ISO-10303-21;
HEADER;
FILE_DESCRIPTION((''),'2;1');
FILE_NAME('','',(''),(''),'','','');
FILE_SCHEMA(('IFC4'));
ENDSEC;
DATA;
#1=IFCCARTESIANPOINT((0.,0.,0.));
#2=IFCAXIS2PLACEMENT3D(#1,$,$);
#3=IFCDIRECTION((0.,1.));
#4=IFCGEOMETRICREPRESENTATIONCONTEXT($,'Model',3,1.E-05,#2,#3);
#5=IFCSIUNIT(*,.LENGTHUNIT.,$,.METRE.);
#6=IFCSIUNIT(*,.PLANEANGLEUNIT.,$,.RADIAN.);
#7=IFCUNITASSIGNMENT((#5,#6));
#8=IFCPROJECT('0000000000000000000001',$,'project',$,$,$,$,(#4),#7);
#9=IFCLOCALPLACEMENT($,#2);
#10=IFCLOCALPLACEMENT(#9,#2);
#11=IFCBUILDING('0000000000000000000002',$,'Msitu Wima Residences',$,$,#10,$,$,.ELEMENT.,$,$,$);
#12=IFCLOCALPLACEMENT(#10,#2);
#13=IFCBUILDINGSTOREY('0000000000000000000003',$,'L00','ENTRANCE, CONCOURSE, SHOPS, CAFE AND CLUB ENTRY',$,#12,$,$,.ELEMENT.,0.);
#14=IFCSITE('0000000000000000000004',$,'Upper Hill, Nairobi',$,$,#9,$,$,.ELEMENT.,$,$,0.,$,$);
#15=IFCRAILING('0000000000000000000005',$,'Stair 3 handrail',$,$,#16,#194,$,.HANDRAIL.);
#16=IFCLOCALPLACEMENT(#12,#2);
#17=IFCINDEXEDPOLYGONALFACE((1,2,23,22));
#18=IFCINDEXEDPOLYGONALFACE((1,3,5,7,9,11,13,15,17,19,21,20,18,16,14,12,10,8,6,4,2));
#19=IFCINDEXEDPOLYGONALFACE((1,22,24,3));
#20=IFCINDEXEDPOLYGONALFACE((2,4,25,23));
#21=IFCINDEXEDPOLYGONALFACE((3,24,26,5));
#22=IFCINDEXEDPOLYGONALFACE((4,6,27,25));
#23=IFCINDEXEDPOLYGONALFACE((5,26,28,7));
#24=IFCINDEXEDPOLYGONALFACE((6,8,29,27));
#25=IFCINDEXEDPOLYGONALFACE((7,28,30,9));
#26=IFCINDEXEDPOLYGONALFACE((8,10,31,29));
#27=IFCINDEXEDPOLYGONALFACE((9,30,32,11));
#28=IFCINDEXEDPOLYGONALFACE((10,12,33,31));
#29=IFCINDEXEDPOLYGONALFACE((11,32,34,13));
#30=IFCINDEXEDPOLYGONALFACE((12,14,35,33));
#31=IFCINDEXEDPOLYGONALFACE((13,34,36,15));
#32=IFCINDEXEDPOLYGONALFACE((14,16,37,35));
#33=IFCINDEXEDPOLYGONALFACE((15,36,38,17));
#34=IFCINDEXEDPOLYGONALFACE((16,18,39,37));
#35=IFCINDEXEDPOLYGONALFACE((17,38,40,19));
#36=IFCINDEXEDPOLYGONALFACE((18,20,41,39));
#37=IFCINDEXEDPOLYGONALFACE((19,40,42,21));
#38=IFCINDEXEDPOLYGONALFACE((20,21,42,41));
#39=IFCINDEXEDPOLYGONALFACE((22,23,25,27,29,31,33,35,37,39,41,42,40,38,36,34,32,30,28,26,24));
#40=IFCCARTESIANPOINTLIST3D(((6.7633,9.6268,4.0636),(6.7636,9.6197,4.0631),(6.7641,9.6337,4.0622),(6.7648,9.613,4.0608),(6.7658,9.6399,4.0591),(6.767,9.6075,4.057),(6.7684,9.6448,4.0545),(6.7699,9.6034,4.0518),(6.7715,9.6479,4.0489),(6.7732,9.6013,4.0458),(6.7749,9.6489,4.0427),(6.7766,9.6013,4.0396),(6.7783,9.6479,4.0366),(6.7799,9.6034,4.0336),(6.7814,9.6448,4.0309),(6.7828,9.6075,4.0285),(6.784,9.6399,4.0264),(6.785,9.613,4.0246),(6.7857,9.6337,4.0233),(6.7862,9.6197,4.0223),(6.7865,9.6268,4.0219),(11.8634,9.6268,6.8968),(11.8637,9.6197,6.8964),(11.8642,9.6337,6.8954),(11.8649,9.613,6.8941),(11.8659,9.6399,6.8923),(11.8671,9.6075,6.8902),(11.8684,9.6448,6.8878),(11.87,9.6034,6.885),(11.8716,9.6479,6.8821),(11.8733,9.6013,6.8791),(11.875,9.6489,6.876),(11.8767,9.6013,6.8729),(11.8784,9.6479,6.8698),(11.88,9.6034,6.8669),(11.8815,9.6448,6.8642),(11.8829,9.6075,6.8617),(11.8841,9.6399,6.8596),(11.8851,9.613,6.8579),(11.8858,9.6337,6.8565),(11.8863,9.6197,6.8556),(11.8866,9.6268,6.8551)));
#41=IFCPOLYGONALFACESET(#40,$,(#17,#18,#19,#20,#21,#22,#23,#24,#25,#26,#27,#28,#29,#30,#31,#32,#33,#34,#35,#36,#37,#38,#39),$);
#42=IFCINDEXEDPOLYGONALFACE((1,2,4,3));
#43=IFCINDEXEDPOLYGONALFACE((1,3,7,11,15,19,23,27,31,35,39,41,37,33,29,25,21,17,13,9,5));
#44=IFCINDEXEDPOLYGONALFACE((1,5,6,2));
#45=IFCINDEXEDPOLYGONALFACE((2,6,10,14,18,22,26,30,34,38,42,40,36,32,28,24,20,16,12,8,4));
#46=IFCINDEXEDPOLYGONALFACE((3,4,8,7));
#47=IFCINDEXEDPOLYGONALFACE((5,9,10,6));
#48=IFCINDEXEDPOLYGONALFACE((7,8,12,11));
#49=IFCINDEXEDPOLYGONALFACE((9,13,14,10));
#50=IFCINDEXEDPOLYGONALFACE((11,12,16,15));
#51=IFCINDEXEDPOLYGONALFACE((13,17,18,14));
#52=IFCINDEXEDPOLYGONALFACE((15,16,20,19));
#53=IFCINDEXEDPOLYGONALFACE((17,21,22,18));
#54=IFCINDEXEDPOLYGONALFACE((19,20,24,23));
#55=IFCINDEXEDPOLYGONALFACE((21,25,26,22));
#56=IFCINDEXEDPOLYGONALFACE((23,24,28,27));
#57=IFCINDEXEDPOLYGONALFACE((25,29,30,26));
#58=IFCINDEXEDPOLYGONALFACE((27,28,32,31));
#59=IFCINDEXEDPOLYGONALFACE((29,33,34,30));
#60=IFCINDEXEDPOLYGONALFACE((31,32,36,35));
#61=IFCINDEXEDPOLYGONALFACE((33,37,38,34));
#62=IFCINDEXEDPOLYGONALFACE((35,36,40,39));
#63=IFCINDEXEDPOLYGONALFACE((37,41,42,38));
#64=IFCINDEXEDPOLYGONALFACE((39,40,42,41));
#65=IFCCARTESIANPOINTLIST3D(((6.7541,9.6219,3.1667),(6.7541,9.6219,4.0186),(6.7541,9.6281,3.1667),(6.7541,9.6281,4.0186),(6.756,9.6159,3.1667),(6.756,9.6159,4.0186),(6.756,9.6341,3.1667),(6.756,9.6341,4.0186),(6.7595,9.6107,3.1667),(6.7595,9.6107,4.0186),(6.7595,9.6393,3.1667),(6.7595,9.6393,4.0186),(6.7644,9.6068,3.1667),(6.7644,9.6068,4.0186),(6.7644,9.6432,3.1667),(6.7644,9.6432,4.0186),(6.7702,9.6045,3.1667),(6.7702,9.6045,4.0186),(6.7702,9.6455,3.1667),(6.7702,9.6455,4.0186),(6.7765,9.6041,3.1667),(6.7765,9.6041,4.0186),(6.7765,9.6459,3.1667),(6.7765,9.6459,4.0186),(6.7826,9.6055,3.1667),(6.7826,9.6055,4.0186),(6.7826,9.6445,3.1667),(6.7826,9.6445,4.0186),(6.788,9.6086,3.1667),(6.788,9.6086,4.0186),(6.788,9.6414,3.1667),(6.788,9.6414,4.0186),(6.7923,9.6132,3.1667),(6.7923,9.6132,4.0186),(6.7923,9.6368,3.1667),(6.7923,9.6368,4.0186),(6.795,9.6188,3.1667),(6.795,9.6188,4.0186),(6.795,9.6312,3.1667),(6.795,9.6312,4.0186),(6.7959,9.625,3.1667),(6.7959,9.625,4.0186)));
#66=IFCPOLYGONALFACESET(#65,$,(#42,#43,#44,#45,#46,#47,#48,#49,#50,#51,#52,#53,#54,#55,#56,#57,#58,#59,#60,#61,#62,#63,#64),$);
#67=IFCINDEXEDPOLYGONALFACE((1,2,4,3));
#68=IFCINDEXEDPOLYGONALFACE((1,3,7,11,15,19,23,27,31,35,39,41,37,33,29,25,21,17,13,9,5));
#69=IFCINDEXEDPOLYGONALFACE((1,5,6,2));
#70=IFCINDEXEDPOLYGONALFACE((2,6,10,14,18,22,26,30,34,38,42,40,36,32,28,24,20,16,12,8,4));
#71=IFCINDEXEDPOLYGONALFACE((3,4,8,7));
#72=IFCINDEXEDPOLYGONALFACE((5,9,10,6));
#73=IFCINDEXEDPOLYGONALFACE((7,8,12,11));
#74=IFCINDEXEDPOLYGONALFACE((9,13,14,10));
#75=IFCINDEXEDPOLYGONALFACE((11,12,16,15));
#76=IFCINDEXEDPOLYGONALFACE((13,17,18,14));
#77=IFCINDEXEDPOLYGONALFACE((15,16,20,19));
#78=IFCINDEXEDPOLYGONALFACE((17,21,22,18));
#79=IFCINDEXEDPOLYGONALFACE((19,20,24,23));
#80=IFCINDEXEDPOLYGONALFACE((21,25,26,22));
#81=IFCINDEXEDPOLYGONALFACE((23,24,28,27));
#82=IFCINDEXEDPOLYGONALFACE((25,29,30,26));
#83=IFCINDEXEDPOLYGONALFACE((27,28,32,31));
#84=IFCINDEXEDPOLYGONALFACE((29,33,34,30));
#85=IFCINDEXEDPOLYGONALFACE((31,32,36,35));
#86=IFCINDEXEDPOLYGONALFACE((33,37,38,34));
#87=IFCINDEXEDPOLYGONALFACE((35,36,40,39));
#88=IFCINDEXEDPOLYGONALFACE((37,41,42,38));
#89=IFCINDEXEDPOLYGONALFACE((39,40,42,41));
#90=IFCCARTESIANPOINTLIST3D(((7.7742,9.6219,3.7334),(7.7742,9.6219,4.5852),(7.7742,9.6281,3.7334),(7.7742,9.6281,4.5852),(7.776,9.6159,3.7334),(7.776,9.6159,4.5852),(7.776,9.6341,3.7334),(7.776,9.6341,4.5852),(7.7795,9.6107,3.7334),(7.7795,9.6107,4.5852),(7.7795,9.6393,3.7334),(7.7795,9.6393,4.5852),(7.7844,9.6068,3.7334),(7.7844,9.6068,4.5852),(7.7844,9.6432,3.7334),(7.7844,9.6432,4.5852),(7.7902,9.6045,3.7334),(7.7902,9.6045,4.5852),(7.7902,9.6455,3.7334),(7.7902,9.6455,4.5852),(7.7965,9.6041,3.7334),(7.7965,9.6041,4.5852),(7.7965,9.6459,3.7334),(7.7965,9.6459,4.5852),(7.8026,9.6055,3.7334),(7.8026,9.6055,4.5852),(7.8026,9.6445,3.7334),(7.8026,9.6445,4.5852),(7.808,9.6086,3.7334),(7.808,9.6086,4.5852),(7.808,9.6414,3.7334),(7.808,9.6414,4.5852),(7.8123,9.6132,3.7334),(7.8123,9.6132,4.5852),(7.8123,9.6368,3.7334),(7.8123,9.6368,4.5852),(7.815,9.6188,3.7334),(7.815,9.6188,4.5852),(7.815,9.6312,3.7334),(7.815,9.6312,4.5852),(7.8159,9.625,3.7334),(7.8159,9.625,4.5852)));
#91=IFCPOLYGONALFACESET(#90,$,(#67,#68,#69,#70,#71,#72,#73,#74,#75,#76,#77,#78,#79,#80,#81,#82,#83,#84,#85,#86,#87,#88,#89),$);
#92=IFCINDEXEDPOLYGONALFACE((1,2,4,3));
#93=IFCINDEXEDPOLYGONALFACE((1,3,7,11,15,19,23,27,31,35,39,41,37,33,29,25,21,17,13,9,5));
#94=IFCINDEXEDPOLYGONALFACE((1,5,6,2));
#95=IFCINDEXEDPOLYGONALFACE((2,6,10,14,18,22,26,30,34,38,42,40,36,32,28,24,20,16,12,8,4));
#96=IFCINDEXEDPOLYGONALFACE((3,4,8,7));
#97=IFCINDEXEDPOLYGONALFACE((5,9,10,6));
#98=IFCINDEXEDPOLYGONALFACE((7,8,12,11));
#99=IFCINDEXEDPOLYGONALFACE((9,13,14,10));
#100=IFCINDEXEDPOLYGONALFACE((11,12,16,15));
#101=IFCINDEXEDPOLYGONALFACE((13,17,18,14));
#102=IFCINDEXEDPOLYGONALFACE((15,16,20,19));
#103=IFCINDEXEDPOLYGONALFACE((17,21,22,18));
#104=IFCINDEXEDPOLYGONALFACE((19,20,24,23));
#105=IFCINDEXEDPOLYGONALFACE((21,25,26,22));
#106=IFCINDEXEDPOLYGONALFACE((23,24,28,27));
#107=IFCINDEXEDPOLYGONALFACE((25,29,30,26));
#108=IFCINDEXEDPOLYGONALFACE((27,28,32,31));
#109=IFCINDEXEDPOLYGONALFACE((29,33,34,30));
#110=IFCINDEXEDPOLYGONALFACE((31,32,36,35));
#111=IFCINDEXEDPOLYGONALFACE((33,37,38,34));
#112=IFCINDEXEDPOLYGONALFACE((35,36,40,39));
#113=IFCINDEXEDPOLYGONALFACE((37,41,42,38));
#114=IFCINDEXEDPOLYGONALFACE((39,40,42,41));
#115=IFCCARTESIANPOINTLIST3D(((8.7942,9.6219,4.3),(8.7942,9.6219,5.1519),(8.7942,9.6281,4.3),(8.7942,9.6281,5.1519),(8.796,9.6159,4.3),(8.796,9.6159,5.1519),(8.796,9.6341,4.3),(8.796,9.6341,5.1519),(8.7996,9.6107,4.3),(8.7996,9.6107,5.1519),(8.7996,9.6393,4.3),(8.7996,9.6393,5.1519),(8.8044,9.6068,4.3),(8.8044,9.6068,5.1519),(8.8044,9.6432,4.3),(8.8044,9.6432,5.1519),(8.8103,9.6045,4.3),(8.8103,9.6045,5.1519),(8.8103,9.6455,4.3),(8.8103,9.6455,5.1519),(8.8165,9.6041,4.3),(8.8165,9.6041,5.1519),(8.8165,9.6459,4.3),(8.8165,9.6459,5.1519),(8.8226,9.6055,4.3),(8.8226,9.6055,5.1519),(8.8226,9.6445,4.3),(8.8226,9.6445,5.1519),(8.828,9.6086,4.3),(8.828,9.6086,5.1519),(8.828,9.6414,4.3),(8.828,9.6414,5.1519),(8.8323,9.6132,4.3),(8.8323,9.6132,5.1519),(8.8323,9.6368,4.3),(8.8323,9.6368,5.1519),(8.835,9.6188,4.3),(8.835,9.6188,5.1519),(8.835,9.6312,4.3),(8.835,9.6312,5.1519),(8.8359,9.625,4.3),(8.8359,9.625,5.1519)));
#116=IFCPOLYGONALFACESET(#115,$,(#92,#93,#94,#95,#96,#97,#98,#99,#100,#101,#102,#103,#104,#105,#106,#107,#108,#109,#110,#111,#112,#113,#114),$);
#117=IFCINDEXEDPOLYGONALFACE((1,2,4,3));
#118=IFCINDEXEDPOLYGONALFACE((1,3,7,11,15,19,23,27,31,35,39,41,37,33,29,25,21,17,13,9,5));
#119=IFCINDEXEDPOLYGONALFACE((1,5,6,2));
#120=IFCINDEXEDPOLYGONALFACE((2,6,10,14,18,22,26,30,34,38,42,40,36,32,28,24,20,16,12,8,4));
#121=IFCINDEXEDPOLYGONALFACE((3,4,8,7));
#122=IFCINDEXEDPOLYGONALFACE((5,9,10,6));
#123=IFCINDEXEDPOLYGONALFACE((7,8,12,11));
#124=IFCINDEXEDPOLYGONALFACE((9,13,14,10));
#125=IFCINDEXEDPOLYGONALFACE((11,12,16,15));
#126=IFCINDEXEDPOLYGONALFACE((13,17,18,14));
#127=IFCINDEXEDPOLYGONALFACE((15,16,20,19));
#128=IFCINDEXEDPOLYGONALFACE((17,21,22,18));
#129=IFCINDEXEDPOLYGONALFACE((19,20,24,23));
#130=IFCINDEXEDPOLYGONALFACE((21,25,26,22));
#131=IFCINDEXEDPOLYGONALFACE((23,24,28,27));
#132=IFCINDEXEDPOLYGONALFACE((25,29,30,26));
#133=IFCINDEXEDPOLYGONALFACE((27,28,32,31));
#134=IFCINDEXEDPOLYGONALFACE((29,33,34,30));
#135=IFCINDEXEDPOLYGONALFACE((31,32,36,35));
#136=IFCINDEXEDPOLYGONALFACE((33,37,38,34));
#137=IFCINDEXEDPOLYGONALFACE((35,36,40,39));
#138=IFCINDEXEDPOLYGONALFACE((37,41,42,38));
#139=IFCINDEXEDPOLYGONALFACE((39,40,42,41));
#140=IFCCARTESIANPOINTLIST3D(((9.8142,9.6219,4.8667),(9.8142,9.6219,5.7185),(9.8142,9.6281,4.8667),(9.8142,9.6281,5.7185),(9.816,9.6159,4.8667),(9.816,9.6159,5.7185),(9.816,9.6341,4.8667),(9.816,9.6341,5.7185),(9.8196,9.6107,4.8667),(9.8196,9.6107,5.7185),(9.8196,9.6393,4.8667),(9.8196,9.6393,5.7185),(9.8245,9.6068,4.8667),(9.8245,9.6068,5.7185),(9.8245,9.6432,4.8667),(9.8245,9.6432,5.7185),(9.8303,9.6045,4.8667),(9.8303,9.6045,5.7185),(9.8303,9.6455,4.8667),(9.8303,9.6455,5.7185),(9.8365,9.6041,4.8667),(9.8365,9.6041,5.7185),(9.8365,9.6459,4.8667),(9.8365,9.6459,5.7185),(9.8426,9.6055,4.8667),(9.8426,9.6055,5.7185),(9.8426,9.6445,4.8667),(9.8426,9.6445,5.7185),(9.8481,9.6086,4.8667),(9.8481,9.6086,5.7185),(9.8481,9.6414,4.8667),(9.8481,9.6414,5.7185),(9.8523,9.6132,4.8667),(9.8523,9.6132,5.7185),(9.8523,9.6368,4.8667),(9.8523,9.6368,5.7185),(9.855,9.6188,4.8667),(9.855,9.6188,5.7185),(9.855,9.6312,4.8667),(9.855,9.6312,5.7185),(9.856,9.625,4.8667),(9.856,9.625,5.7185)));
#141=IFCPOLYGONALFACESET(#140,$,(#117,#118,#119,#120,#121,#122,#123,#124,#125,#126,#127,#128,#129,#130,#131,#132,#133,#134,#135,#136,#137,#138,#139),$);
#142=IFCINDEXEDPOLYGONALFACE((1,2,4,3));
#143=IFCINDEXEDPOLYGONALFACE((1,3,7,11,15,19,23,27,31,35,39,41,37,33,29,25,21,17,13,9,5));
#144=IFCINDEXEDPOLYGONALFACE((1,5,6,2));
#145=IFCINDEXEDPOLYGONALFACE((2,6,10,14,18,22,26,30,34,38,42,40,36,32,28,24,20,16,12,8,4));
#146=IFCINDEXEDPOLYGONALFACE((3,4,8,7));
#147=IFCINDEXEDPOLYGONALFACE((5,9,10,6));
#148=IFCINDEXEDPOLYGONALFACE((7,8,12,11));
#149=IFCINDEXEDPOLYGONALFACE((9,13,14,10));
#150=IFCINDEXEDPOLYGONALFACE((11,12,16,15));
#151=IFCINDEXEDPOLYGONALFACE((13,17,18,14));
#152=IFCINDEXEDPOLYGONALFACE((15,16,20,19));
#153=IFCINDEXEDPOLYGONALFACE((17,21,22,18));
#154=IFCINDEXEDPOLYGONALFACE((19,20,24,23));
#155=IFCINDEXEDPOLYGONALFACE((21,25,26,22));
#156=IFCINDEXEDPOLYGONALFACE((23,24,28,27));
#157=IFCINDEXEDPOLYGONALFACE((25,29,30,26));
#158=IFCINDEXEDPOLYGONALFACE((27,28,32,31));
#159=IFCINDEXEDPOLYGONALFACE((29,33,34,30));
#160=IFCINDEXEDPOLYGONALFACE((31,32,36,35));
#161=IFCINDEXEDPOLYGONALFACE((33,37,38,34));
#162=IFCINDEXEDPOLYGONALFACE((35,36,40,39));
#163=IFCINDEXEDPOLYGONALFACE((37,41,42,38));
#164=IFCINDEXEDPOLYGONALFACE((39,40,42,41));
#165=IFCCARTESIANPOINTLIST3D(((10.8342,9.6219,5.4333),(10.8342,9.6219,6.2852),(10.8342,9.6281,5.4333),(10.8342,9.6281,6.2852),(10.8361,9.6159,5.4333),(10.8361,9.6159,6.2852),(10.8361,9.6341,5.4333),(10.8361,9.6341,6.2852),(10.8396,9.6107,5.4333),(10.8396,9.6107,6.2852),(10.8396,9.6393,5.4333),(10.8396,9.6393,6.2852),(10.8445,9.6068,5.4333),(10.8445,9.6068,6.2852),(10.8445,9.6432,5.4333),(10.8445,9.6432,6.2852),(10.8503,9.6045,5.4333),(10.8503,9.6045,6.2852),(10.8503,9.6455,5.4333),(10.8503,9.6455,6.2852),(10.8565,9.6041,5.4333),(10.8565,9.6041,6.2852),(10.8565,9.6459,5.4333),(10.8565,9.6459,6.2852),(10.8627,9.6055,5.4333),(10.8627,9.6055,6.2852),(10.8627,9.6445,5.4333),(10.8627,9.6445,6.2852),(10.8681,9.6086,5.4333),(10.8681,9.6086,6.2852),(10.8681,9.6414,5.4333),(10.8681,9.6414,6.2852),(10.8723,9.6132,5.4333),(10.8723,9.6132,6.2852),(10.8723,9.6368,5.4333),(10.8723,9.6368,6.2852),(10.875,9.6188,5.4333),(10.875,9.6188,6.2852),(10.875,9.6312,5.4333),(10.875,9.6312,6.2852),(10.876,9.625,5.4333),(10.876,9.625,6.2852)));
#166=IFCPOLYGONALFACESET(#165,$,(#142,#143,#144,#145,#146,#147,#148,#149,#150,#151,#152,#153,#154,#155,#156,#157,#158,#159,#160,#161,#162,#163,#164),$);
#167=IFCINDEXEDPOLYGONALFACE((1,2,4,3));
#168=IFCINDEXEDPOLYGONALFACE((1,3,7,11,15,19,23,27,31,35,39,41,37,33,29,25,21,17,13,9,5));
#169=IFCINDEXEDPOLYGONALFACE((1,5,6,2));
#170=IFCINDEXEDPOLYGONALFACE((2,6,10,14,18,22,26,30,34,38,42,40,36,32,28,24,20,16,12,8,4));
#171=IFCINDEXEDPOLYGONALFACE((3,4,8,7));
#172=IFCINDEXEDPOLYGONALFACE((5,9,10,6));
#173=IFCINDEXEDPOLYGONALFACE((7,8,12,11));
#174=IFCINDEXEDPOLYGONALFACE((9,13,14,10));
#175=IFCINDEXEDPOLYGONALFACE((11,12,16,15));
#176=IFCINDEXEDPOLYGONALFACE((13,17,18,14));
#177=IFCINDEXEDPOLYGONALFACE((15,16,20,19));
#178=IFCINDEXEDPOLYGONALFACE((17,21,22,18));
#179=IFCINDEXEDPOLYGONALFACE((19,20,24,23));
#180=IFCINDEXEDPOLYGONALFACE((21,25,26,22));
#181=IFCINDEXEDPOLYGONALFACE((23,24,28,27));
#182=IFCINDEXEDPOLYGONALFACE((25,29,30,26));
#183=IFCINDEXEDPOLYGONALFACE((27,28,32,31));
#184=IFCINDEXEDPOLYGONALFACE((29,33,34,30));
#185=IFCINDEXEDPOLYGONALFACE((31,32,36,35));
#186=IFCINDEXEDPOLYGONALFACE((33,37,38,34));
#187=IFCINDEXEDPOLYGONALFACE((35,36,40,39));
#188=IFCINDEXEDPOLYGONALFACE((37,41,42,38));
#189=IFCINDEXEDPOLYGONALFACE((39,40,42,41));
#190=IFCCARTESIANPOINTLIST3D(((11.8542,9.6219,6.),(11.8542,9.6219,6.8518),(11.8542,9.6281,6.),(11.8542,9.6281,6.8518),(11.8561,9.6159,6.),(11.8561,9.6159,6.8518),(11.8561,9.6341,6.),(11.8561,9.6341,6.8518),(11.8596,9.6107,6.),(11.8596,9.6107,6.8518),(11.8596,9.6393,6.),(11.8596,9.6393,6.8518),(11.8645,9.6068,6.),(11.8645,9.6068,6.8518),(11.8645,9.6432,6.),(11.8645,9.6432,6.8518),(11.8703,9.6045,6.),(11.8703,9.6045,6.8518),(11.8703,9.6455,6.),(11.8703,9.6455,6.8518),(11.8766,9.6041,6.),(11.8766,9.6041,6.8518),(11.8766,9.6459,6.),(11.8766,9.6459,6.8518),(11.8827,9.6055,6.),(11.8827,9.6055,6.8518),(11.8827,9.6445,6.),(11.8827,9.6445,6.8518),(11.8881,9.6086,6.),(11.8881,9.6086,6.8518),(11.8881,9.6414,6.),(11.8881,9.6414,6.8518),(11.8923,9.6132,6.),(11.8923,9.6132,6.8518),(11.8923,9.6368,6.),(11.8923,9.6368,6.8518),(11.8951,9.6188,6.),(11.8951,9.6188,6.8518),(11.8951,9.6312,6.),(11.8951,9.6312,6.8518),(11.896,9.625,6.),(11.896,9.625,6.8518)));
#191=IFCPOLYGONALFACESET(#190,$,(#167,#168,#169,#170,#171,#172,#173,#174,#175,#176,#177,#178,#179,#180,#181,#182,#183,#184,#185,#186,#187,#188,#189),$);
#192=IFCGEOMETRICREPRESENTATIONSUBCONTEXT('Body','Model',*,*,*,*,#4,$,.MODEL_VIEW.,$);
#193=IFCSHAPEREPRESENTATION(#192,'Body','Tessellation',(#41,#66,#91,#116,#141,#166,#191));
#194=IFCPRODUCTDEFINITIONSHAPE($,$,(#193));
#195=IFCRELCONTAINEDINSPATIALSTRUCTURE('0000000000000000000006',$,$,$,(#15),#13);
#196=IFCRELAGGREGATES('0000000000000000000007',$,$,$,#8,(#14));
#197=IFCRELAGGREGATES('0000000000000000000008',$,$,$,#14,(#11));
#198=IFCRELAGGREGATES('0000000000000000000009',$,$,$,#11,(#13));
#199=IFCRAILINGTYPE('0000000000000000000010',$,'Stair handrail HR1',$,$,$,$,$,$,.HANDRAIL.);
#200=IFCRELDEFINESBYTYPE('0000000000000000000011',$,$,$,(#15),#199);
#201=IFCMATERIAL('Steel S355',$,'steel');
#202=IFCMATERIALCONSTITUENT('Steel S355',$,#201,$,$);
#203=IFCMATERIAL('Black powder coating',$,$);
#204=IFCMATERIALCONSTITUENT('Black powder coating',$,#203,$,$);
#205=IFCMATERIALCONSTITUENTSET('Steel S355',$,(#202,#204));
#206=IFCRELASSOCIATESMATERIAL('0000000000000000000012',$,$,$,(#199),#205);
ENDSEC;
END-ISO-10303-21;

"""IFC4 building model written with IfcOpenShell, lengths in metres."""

from ifc_helpers import new_model, si_unit, direction, frame, origin, origin_2d, place, context, subcontext, project, spatial, circle, extrude, material, constituent, constituent_set, type_object, element, save


model = new_model("IFC4")

# Units and contexts
model_context = context("Model", 3, precision=1e-05, world=origin(), true_north=direction((0.0, 1.0)))
body_context = subcontext(model_context, "Body", "Model", "MODEL_VIEW")
ifc_project = project(units=[si_unit("LENGTHUNIT", "METRE"), si_unit("PLANEANGLEUNIT", "RADIAN")], contexts=[model_context])

# Site, building, storey
site_placement = place(None, origin())
site = spatial("IfcSite", under=ifc_project, at=site_placement, Name="Upper Hill, Nairobi", CompositionType="ELEMENT", RefElevation=0.0)
building_placement = place(site_placement, origin())
building = spatial("IfcBuilding", under=site, at=building_placement, Name="Msitu Wima Residences", CompositionType="ELEMENT")
storey_placement = place(building_placement, origin())
storey = spatial("IfcBuildingStorey", under=building, at=storey_placement, Name="L00", Description="ENTRANCE, CONCOURSE, SHOPS, CAFE AND CLUB ENTRY", CompositionType="ELEMENT", Elevation=0.0)

# Railing
ifc_material_1 = material(Name="Steel S355", Category="steel")
ifc_constituent_1 = constituent(ifc_material_1, Name="Steel S355")
ifc_material_2 = material(Name="Black powder coating")
ifc_constituent_2 = constituent(ifc_material_2, Name="Black powder coating")
ifc_constituent_set = constituent_set(constituents=[ifc_constituent_1, ifc_constituent_2], Name="Steel S355")
railing_type = type_object("IfcRailingType", Name="Stair handrail HR1", PredefinedType="HANDRAIL", material=ifc_constituent_set)
for number, where, name in (
    (1, (6.7749, 9.625, 3.1667), "Stair 3 handrail"),
):
    element("IfcRailing", number, at=place(storey_placement, frame(where)), inside=storey, type_object=railing_type, Name=name, PredefinedType="HANDRAIL", context=body_context, shape_type="SweptSolid", body=[
        extrude(circle(Radius=0.0239, at=origin_2d()), frame((0.0, 0.0, 0.876), z_axis=(0.874167, 0.0, 0.485625), x_axis=(0.0, 1.0, 0.0)), (0.0, 0.0, 1.0), 5.8342),
        extrude(circle(Radius=0.021, at=origin_2d()), origin(), (0.0, 0.0, 1.0), 0.8518),
        extrude(circle(Radius=0.021, at=origin_2d()), frame((1.02, 0.0, 0.5667)), (0.0, 0.0, 1.0), 0.8518),
        extrude(circle(Radius=0.021, at=origin_2d()), frame((2.04, 0.0, 1.1333)), (0.0, 0.0, 1.0), 0.8518),
        extrude(circle(Radius=0.021, at=origin_2d()), frame((3.0601, 0.0, 1.7)), (0.0, 0.0, 1.0), 0.8518),
        extrude(circle(Radius=0.021, at=origin_2d()), frame((4.0801, 0.0, 2.2666)), (0.0, 0.0, 1.0), 0.8518),
        extrude(circle(Radius=0.021, at=origin_2d()), frame((5.1001, 0.0, 2.8333)), (0.0, 0.0, 1.0), 0.8518),
    ])

save(model, "model.ifc")
